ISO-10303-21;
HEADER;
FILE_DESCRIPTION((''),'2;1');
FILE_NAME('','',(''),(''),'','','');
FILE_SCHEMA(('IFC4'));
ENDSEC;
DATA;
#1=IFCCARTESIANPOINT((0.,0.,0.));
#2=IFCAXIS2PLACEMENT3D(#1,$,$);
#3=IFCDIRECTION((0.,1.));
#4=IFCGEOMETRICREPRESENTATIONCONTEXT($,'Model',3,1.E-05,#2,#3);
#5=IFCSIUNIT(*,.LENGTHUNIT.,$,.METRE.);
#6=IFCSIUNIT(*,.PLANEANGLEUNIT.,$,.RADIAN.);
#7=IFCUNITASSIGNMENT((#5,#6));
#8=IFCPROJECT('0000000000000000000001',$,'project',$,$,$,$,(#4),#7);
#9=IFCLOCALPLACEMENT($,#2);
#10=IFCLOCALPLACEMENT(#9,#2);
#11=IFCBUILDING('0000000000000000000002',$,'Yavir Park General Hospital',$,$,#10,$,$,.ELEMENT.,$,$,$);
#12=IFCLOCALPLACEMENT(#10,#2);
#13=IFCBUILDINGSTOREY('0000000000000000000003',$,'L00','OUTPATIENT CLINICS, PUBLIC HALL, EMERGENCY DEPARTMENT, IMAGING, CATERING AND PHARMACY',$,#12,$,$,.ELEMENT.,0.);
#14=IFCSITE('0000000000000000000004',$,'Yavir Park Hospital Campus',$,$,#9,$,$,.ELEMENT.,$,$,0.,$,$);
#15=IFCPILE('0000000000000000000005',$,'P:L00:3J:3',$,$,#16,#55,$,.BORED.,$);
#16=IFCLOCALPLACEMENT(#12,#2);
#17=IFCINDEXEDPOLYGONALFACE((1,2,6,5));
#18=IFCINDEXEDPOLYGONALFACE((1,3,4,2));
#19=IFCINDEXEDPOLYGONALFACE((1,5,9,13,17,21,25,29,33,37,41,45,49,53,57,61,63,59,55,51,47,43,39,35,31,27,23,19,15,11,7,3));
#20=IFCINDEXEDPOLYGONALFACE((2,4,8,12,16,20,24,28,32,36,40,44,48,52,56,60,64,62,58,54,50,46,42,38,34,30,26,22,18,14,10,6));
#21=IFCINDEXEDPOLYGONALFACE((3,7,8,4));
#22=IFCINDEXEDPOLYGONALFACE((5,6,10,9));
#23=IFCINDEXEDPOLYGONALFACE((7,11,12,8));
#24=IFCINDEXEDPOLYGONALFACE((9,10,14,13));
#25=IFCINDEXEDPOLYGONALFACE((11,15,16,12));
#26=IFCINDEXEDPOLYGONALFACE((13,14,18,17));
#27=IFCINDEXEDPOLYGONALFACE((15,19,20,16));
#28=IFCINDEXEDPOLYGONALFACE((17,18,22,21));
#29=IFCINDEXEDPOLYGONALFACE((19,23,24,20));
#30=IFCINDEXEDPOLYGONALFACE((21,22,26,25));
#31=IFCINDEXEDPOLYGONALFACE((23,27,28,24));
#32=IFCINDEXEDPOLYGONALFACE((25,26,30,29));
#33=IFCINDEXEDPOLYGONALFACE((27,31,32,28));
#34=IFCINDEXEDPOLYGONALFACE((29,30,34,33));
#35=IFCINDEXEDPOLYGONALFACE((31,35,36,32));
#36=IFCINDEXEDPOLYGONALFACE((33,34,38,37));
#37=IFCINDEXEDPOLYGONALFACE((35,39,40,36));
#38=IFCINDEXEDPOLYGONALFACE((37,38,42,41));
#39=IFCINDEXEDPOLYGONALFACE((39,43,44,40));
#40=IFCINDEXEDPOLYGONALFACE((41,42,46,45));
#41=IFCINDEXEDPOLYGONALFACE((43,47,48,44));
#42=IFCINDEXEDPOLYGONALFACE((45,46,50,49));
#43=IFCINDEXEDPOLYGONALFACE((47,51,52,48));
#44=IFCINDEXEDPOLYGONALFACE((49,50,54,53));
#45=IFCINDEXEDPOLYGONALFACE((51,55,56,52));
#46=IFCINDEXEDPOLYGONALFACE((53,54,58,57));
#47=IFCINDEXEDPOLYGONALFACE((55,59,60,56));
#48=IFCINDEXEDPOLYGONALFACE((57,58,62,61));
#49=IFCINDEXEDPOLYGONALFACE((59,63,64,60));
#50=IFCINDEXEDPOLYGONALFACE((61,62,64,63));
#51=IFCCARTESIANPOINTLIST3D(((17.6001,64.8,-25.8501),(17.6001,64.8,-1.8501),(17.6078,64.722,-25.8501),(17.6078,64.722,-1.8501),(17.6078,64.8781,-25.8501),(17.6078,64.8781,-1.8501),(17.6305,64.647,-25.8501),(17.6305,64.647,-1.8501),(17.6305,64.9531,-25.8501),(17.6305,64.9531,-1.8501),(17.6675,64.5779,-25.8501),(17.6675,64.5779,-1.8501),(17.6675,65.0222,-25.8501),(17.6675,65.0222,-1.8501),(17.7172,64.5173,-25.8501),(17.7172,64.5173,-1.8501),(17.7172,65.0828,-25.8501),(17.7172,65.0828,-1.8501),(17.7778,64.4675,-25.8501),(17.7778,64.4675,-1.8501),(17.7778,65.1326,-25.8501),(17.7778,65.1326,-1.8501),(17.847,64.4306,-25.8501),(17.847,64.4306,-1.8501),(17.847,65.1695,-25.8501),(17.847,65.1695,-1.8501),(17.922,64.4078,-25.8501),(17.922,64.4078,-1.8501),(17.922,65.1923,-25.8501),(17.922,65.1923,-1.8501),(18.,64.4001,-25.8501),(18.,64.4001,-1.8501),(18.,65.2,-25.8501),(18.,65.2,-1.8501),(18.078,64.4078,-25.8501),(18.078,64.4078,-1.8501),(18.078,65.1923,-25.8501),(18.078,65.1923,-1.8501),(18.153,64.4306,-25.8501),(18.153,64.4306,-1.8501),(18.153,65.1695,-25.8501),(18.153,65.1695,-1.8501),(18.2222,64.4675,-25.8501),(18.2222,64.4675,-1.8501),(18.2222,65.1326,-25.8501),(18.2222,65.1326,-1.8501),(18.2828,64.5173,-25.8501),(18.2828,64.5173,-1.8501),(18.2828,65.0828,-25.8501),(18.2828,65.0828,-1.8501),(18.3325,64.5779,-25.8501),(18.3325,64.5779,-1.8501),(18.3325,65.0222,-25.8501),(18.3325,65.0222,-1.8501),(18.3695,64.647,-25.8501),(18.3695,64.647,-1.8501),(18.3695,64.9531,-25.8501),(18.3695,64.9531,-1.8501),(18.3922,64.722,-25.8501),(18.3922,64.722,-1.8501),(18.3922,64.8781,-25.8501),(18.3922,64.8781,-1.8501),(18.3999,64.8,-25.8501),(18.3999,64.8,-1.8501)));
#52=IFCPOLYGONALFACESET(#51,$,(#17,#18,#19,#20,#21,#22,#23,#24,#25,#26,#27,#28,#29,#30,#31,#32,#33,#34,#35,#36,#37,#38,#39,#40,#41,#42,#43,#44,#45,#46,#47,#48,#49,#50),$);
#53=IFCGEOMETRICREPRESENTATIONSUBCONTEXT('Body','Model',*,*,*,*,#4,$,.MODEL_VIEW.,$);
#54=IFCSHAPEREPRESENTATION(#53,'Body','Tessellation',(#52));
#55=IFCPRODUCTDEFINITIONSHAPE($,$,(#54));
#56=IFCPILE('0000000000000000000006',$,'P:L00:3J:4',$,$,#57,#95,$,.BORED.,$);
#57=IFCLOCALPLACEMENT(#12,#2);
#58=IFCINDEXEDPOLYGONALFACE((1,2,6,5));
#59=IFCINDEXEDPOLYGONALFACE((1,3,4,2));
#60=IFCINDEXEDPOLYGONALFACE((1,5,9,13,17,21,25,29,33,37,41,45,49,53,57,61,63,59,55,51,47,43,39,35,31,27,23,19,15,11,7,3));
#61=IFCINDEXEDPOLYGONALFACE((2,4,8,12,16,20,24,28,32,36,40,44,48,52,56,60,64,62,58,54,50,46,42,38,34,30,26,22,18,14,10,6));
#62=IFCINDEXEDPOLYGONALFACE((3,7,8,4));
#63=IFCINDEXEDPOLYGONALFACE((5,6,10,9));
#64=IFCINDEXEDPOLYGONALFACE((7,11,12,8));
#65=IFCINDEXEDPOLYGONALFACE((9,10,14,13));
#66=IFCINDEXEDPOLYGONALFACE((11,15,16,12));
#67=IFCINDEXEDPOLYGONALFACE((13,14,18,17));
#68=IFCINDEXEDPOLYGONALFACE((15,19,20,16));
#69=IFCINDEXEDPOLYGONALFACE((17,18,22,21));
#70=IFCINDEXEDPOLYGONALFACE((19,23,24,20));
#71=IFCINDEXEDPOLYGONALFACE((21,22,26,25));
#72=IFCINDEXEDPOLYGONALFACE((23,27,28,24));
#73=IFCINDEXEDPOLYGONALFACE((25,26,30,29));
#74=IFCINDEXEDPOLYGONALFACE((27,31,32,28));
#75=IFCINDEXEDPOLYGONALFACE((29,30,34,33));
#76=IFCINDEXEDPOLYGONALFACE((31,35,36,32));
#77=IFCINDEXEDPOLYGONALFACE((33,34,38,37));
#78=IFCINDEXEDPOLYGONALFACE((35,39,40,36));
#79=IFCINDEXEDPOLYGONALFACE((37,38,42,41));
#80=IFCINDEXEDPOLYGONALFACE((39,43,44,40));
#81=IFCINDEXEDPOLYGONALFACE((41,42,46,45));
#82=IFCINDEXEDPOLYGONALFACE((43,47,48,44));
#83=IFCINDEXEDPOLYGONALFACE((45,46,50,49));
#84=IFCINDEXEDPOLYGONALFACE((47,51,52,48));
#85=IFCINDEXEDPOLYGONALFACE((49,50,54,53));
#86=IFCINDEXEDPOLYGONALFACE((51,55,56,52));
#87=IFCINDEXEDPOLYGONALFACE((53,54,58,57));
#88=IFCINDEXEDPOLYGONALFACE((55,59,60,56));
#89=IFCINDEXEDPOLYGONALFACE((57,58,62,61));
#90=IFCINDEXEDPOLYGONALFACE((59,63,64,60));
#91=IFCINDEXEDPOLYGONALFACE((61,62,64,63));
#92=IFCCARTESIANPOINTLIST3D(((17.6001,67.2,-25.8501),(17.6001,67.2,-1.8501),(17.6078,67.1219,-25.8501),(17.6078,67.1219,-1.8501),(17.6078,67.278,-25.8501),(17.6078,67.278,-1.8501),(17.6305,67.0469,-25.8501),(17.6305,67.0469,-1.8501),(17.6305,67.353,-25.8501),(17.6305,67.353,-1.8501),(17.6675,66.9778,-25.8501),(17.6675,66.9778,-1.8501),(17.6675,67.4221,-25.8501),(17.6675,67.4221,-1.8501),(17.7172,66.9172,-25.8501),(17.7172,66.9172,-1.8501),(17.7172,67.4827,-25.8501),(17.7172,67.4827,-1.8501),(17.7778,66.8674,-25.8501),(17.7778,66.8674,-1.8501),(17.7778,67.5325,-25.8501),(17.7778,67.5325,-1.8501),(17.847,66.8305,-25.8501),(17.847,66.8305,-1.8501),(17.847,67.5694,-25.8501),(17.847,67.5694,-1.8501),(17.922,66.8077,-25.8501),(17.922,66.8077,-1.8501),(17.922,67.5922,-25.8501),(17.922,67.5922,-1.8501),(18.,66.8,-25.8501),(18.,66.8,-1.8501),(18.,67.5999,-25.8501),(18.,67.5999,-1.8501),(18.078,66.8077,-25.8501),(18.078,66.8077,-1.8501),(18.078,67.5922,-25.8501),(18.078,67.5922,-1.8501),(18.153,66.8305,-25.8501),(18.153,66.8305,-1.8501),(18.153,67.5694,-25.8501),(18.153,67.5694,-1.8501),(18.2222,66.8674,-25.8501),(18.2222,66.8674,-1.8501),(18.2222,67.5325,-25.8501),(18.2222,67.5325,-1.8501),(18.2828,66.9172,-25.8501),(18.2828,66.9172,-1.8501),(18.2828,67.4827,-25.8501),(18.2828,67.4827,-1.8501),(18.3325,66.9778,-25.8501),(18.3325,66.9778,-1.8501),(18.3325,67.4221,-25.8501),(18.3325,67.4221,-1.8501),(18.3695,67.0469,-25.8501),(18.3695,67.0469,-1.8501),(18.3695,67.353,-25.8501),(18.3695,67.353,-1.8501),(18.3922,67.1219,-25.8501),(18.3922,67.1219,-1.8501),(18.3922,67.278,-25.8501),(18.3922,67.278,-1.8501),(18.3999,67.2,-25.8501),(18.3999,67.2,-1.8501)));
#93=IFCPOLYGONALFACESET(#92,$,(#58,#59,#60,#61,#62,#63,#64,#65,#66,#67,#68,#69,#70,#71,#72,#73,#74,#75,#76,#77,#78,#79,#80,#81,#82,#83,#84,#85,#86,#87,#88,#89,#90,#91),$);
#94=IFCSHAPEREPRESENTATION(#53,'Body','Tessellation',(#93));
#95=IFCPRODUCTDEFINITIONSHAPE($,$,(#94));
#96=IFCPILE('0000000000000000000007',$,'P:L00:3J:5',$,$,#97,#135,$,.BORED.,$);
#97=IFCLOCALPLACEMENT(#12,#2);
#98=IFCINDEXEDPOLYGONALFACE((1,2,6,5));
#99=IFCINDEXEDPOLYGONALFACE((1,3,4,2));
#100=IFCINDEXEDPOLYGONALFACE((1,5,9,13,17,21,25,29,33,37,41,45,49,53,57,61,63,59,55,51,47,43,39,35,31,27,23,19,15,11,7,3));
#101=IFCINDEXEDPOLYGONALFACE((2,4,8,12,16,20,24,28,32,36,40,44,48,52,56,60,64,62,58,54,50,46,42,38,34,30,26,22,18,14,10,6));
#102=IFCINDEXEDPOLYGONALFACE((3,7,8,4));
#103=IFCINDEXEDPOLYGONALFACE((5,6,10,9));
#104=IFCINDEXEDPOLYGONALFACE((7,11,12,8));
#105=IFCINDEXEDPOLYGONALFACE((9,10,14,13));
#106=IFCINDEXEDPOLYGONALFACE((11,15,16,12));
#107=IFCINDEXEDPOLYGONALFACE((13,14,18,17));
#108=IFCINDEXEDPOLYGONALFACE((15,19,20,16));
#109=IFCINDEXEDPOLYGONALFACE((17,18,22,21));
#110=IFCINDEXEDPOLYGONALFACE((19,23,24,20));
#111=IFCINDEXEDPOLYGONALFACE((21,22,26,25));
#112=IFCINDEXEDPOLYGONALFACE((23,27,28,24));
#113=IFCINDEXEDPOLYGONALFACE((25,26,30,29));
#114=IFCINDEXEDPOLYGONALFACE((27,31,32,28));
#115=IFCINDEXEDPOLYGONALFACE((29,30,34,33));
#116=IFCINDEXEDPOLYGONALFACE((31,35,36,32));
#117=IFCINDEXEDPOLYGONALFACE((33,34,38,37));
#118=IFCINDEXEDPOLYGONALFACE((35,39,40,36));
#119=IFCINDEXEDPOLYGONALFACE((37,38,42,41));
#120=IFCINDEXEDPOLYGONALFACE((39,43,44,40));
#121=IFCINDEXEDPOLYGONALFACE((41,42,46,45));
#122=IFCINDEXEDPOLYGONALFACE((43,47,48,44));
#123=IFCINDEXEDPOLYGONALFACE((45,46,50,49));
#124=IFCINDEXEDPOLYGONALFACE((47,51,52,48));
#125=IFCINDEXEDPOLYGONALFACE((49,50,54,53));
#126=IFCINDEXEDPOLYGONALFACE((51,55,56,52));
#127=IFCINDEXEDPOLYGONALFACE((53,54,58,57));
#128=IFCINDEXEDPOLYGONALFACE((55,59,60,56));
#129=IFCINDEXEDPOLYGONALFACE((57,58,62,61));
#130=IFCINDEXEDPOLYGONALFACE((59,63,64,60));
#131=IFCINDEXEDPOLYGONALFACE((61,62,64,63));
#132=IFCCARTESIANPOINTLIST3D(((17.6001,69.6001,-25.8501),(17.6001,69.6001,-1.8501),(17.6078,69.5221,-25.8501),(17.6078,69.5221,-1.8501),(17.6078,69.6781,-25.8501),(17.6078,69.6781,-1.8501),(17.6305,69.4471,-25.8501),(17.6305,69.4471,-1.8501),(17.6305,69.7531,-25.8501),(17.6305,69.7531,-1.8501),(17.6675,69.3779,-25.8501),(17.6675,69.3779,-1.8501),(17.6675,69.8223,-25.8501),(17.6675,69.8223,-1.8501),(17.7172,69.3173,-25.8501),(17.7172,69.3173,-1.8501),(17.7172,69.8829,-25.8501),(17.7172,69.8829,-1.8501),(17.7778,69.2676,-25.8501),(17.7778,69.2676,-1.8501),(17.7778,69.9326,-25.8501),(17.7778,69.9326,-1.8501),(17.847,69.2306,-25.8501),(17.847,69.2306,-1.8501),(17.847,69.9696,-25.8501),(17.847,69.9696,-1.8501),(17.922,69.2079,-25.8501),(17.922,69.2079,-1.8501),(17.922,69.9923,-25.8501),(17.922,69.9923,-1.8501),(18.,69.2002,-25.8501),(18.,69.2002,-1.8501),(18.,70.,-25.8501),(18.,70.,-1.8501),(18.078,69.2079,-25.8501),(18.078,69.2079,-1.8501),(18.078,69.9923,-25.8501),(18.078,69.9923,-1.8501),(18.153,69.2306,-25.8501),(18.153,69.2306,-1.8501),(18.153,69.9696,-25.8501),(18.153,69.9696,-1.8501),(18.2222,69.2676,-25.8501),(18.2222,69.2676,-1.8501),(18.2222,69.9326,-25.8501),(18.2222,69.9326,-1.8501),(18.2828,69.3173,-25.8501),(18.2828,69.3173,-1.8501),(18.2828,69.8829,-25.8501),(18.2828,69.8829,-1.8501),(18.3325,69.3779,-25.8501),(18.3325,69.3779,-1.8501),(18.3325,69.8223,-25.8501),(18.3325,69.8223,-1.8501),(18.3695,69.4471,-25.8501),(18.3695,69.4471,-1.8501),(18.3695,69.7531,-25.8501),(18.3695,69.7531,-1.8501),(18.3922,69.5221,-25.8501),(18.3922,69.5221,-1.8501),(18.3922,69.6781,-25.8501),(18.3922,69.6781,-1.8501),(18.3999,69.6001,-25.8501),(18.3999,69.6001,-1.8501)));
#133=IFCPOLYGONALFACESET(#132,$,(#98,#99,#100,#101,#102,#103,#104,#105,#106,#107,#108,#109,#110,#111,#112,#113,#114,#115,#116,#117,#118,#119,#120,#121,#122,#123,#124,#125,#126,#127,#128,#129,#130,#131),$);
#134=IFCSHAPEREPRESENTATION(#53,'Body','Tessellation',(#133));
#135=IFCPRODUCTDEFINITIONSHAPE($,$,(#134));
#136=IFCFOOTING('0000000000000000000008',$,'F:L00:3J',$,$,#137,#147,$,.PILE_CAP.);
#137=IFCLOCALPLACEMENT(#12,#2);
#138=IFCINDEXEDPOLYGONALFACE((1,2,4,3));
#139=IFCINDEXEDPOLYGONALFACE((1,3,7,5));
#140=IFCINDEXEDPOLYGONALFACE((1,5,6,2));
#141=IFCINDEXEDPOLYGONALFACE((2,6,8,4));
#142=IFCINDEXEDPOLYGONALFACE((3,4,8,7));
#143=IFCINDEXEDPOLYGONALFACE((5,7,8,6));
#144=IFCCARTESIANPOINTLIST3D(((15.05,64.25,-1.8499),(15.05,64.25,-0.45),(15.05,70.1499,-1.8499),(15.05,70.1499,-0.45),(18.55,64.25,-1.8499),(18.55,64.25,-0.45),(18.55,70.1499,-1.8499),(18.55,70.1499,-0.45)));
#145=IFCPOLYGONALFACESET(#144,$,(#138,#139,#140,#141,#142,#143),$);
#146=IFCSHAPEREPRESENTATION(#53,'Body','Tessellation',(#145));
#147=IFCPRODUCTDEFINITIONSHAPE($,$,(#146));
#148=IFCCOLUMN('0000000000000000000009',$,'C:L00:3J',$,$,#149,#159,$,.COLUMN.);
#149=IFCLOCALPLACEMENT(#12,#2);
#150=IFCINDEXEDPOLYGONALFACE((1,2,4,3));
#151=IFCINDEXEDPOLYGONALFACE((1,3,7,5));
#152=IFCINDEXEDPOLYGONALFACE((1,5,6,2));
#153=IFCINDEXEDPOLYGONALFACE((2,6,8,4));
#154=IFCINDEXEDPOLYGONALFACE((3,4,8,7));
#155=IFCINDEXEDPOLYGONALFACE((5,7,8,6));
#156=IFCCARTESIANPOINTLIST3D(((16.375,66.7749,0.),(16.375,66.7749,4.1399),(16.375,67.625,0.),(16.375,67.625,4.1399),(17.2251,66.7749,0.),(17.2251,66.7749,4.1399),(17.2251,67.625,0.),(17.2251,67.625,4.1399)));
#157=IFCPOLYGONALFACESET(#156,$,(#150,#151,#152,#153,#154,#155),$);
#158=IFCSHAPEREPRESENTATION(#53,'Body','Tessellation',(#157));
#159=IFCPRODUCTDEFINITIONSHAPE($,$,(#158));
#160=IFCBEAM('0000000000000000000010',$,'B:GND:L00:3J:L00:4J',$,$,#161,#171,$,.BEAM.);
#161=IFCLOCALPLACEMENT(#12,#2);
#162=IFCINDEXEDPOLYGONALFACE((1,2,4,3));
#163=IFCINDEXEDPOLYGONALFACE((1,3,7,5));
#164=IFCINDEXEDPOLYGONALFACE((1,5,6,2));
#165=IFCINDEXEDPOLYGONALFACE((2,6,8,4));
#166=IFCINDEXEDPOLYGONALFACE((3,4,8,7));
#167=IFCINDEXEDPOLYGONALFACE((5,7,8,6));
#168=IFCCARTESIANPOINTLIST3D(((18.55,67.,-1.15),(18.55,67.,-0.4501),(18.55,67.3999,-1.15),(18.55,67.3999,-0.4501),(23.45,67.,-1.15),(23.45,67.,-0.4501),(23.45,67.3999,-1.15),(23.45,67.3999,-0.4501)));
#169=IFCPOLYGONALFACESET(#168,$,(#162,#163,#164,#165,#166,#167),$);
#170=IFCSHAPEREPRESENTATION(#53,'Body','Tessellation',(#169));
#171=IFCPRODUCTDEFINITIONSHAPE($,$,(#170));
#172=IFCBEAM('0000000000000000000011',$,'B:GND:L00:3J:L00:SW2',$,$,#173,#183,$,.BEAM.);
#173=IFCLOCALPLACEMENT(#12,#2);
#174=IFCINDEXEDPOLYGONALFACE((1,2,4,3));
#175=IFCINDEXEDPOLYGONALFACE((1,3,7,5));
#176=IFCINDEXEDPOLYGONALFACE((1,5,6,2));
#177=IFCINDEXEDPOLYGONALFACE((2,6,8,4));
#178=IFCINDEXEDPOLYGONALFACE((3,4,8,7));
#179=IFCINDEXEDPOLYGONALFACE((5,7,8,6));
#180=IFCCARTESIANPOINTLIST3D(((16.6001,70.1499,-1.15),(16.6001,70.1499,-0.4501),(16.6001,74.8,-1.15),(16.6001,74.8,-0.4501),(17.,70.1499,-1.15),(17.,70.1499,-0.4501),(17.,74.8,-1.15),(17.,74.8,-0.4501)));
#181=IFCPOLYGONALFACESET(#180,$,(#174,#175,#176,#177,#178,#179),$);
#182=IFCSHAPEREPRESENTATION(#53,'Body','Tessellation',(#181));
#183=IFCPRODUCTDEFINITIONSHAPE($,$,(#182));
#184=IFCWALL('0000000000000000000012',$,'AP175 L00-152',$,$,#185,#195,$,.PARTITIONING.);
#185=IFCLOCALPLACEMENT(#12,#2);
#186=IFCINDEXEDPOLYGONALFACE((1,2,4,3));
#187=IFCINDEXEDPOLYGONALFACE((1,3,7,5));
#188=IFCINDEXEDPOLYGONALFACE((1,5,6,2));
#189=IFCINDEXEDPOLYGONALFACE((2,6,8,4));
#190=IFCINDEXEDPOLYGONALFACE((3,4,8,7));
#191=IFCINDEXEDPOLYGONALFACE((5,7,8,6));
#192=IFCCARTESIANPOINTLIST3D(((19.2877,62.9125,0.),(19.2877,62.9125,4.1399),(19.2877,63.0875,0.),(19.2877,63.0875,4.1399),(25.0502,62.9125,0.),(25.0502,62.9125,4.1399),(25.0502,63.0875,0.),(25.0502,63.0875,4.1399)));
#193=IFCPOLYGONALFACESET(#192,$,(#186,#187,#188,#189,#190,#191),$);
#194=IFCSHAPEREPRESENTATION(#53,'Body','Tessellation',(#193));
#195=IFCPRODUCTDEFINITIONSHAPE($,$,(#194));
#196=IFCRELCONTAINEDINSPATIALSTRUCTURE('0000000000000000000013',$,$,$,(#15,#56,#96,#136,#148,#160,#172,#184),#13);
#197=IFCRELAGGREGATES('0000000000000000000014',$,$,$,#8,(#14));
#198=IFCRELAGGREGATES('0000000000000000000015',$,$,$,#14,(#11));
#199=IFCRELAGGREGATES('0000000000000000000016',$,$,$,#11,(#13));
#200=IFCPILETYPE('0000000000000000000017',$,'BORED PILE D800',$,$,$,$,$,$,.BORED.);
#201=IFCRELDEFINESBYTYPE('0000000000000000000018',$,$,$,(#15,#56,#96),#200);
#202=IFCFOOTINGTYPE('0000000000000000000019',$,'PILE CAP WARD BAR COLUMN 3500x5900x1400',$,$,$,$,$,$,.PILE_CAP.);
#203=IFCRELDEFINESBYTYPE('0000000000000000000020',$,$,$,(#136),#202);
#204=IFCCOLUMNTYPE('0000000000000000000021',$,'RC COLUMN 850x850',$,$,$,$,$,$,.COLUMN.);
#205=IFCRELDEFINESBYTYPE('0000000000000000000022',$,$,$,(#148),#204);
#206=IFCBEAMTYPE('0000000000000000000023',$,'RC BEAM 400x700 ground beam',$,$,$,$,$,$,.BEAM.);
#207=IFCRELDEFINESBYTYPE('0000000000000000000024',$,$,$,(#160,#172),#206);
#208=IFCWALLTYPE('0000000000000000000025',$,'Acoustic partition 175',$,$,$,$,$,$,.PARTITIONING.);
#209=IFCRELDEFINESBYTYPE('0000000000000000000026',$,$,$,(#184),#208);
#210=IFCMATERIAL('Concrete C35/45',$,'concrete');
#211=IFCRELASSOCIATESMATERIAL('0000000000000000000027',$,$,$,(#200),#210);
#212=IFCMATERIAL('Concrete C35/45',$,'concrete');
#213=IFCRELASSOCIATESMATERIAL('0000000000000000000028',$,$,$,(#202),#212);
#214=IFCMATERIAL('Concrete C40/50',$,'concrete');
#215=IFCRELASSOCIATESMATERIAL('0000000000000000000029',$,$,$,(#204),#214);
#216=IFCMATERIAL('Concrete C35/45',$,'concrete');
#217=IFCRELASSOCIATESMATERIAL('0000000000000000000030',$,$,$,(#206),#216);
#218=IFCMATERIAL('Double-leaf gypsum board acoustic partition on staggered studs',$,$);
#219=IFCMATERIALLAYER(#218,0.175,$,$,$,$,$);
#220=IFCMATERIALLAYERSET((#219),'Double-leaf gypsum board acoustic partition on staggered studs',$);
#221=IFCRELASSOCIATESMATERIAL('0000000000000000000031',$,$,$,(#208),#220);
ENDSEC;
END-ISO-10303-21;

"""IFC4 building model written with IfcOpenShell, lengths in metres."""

from ifc_helpers import new_model, si_unit, direction, frame, frame_2d, origin, origin_2d, place, context, subcontext, project, spatial, rectangle, circle, extrude, material, layer, layer_set, material_profile, profile_set, type_object, element, save


model = new_model("IFC4")

# Units and contexts
model_context = context("Model", 3, precision=1e-05, world=origin(), true_north=direction((0.0, 1.0)))
body_context = subcontext(model_context, "Body", "Model", "MODEL_VIEW")
ifc_project = project(units=[si_unit("LENGTHUNIT", "METRE"), si_unit("PLANEANGLEUNIT", "RADIAN")], contexts=[model_context])

# Site, building, storey
site_placement = place(None, origin())
site = spatial("IfcSite", under=ifc_project, at=site_placement, Name="Yavir Park Hospital Campus", CompositionType="ELEMENT", RefElevation=0.0)
building_placement = place(site_placement, origin())
building = spatial("IfcBuilding", under=site, at=building_placement, Name="Yavir Park General Hospital", CompositionType="ELEMENT")
storey_placement = place(building_placement, origin())
storey = spatial("IfcBuildingStorey", under=building, at=storey_placement, Name="L00", Description="OUTPATIENT CLINICS, PUBLIC HALL, EMERGENCY DEPARTMENT, IMAGING, CATERING AND PHARMACY", CompositionType="ELEMENT", Elevation=0.0)

# Piles
ifc_material_1 = material(Name="Concrete C35/45", Category="concrete")
ifc_material_profile_1 = material_profile(ifc_material_1, circle(Radius=0.3999, at=origin_2d()), Name="D800")
ifc_profile_set_1 = profile_set([ifc_material_profile_1], Name="Concrete C35/45")
pile_type = type_object("IfcPileType", Name="BORED PILE D800", PredefinedType="BORED", material=ifc_profile_set_1)
for number, where, z_axis, x_axis, name in (
    (1, (18.0, 64.8, -1.8501), (0.0, 0.0, -1.0), (1.0, 0.0, 0.0), "P:L00:3J:3"),
    (2, (18.0, 67.2, -1.8501), (0.0, 0.0, -1.0), (1.0, 0.0, 0.0), "P:L00:3J:4"),
    (3, (18.0, 69.6001, -1.8501), (0.0, 0.0, -1.0), (1.0, 0.0, 0.0), "P:L00:3J:5"),
):
    element("IfcPile", number, at=place(storey_placement, frame(where, z_axis=z_axis, x_axis=x_axis)), inside=storey, type_object=pile_type, Name=name, PredefinedType="BORED", context=body_context, shape_type="SweptSolid", body=[
        extrude(circle(Radius=0.3999, at=origin_2d()), origin(), (0.0, 0.0, 1.0), 24.0),
    ])

# Footing
ifc_material_2 = material(Name="Concrete C35/45", Category="concrete")
footing_type = type_object("IfcFootingType", Name="PILE CAP WARD BAR COLUMN 3500x5900x1400", PredefinedType="PILE_CAP", material=ifc_material_2)
footing_placement = place(storey_placement, frame((16.8, 67.2, -1.8499), z_axis=(0.0, 0.0, 1.0), x_axis=(1.0, 0.0, 0.0)))
element("IfcFooting", 4, at=footing_placement, inside=storey, type_object=footing_type, Name="F:L00:3J", PredefinedType="PILE_CAP", context=body_context, shape_type="SweptSolid", body=[
    extrude(rectangle(XDim=3.5, YDim=5.8999, at=origin_2d()), origin(), (0.0, 0.0, 1.0), 1.3999),
])

# Column
ifc_material_3 = material(Name="Concrete C40/50", Category="concrete")
ifc_material_profile_2 = material_profile(ifc_material_3, rectangle(XDim=0.8501, YDim=0.8501, at=origin_2d()), Name="RC850x850")
ifc_profile_set_2 = profile_set([ifc_material_profile_2], Name="Concrete C40/50")
column_type = type_object("IfcColumnType", Name="RC COLUMN 850x850", PredefinedType="COLUMN", material=ifc_profile_set_2)
column_placement = place(storey_placement, frame((16.8, 67.2, 0.0), z_axis=(0.0, 0.0, 1.0), x_axis=(1.0, 0.0, 0.0)))
element("IfcColumn", 5, at=column_placement, inside=storey, type_object=column_type, Name="C:L00:3J", PredefinedType="COLUMN", context=body_context, shape_type="SweptSolid", body=[
    extrude(rectangle(XDim=0.8501, YDim=0.8501, at=origin_2d()), origin(), (0.0, 0.0, 1.0), 4.1399),
])

# Beams
ifc_material_4 = material(Name="Concrete C35/45", Category="concrete")
ifc_material_profile_3 = material_profile(ifc_material_4, rectangle(XDim=0.3999, YDim=0.7, at=origin_2d()), Name="RC400x700")
ifc_profile_set_3 = profile_set([ifc_material_profile_3], Name="Concrete C35/45")
beam_type = type_object("IfcBeamType", Name="RC BEAM 400x700 ground beam", PredefinedType="BEAM", material=ifc_profile_set_3)
beam_1_placement = place(storey_placement, frame((18.55, 67.2, -0.8), z_axis=(1.0, 0.0, 0.0), x_axis=(0.0, 1.0, 0.0)))
element("IfcBeam", 6, at=beam_1_placement, inside=storey, type_object=beam_type, Name="B:GND:L00:3J:L00:4J", PredefinedType="BEAM", context=body_context, shape_type="SweptSolid", body=[
    extrude(rectangle(XDim=0.3999, YDim=0.7, at=origin_2d()), origin(), (0.0, 0.0, 1.0), 4.8999),
])
beam_2_placement = place(storey_placement, frame((16.8, 70.1499, -0.8), z_axis=(0.0, 1.0, 0.0), x_axis=(-1.0, 0.0, 0.0)))
element("IfcBeam", 7, at=beam_2_placement, inside=storey, type_object=beam_type, Name="B:GND:L00:3J:L00:SW2", PredefinedType="BEAM", context=body_context, shape_type="SweptSolid", body=[
    extrude(rectangle(XDim=0.3999, YDim=0.7, at=origin_2d()), origin(), (0.0, 0.0, 1.0), 4.6501),
])

# Wall
ifc_material_5 = material(Name="Double-leaf gypsum board acoustic partition on staggered studs")
ifc_layer_1 = layer(ifc_material_5, 0.175)
ifc_layer_set_1 = layer_set([ifc_layer_1], Name="Double-leaf gypsum board acoustic partition on staggered studs")
wall_type_1 = type_object("IfcWallType", Name="Acoustic partition 175", PredefinedType="PARTITIONING", material=ifc_layer_set_1)
wall_1_placement = place(storey_placement, frame((19.2876, 63.0, 0.0), z_axis=(0.0, 0.0, 1.0), x_axis=(1.0, 0.0, 0.0)))
element("IfcWall", 8, at=wall_1_placement, inside=storey, type_object=wall_type_1, Name="AP175 L00-152", PredefinedType="PARTITIONING", context=body_context, shape_type="SweptSolid", body=[
    extrude(rectangle(XDim=5.7625, YDim=0.175, at=frame_2d((2.8813, 0.0))), origin(), (0.0, 0.0, 1.0), 4.1399),
])

save(model, "model.ifc")
